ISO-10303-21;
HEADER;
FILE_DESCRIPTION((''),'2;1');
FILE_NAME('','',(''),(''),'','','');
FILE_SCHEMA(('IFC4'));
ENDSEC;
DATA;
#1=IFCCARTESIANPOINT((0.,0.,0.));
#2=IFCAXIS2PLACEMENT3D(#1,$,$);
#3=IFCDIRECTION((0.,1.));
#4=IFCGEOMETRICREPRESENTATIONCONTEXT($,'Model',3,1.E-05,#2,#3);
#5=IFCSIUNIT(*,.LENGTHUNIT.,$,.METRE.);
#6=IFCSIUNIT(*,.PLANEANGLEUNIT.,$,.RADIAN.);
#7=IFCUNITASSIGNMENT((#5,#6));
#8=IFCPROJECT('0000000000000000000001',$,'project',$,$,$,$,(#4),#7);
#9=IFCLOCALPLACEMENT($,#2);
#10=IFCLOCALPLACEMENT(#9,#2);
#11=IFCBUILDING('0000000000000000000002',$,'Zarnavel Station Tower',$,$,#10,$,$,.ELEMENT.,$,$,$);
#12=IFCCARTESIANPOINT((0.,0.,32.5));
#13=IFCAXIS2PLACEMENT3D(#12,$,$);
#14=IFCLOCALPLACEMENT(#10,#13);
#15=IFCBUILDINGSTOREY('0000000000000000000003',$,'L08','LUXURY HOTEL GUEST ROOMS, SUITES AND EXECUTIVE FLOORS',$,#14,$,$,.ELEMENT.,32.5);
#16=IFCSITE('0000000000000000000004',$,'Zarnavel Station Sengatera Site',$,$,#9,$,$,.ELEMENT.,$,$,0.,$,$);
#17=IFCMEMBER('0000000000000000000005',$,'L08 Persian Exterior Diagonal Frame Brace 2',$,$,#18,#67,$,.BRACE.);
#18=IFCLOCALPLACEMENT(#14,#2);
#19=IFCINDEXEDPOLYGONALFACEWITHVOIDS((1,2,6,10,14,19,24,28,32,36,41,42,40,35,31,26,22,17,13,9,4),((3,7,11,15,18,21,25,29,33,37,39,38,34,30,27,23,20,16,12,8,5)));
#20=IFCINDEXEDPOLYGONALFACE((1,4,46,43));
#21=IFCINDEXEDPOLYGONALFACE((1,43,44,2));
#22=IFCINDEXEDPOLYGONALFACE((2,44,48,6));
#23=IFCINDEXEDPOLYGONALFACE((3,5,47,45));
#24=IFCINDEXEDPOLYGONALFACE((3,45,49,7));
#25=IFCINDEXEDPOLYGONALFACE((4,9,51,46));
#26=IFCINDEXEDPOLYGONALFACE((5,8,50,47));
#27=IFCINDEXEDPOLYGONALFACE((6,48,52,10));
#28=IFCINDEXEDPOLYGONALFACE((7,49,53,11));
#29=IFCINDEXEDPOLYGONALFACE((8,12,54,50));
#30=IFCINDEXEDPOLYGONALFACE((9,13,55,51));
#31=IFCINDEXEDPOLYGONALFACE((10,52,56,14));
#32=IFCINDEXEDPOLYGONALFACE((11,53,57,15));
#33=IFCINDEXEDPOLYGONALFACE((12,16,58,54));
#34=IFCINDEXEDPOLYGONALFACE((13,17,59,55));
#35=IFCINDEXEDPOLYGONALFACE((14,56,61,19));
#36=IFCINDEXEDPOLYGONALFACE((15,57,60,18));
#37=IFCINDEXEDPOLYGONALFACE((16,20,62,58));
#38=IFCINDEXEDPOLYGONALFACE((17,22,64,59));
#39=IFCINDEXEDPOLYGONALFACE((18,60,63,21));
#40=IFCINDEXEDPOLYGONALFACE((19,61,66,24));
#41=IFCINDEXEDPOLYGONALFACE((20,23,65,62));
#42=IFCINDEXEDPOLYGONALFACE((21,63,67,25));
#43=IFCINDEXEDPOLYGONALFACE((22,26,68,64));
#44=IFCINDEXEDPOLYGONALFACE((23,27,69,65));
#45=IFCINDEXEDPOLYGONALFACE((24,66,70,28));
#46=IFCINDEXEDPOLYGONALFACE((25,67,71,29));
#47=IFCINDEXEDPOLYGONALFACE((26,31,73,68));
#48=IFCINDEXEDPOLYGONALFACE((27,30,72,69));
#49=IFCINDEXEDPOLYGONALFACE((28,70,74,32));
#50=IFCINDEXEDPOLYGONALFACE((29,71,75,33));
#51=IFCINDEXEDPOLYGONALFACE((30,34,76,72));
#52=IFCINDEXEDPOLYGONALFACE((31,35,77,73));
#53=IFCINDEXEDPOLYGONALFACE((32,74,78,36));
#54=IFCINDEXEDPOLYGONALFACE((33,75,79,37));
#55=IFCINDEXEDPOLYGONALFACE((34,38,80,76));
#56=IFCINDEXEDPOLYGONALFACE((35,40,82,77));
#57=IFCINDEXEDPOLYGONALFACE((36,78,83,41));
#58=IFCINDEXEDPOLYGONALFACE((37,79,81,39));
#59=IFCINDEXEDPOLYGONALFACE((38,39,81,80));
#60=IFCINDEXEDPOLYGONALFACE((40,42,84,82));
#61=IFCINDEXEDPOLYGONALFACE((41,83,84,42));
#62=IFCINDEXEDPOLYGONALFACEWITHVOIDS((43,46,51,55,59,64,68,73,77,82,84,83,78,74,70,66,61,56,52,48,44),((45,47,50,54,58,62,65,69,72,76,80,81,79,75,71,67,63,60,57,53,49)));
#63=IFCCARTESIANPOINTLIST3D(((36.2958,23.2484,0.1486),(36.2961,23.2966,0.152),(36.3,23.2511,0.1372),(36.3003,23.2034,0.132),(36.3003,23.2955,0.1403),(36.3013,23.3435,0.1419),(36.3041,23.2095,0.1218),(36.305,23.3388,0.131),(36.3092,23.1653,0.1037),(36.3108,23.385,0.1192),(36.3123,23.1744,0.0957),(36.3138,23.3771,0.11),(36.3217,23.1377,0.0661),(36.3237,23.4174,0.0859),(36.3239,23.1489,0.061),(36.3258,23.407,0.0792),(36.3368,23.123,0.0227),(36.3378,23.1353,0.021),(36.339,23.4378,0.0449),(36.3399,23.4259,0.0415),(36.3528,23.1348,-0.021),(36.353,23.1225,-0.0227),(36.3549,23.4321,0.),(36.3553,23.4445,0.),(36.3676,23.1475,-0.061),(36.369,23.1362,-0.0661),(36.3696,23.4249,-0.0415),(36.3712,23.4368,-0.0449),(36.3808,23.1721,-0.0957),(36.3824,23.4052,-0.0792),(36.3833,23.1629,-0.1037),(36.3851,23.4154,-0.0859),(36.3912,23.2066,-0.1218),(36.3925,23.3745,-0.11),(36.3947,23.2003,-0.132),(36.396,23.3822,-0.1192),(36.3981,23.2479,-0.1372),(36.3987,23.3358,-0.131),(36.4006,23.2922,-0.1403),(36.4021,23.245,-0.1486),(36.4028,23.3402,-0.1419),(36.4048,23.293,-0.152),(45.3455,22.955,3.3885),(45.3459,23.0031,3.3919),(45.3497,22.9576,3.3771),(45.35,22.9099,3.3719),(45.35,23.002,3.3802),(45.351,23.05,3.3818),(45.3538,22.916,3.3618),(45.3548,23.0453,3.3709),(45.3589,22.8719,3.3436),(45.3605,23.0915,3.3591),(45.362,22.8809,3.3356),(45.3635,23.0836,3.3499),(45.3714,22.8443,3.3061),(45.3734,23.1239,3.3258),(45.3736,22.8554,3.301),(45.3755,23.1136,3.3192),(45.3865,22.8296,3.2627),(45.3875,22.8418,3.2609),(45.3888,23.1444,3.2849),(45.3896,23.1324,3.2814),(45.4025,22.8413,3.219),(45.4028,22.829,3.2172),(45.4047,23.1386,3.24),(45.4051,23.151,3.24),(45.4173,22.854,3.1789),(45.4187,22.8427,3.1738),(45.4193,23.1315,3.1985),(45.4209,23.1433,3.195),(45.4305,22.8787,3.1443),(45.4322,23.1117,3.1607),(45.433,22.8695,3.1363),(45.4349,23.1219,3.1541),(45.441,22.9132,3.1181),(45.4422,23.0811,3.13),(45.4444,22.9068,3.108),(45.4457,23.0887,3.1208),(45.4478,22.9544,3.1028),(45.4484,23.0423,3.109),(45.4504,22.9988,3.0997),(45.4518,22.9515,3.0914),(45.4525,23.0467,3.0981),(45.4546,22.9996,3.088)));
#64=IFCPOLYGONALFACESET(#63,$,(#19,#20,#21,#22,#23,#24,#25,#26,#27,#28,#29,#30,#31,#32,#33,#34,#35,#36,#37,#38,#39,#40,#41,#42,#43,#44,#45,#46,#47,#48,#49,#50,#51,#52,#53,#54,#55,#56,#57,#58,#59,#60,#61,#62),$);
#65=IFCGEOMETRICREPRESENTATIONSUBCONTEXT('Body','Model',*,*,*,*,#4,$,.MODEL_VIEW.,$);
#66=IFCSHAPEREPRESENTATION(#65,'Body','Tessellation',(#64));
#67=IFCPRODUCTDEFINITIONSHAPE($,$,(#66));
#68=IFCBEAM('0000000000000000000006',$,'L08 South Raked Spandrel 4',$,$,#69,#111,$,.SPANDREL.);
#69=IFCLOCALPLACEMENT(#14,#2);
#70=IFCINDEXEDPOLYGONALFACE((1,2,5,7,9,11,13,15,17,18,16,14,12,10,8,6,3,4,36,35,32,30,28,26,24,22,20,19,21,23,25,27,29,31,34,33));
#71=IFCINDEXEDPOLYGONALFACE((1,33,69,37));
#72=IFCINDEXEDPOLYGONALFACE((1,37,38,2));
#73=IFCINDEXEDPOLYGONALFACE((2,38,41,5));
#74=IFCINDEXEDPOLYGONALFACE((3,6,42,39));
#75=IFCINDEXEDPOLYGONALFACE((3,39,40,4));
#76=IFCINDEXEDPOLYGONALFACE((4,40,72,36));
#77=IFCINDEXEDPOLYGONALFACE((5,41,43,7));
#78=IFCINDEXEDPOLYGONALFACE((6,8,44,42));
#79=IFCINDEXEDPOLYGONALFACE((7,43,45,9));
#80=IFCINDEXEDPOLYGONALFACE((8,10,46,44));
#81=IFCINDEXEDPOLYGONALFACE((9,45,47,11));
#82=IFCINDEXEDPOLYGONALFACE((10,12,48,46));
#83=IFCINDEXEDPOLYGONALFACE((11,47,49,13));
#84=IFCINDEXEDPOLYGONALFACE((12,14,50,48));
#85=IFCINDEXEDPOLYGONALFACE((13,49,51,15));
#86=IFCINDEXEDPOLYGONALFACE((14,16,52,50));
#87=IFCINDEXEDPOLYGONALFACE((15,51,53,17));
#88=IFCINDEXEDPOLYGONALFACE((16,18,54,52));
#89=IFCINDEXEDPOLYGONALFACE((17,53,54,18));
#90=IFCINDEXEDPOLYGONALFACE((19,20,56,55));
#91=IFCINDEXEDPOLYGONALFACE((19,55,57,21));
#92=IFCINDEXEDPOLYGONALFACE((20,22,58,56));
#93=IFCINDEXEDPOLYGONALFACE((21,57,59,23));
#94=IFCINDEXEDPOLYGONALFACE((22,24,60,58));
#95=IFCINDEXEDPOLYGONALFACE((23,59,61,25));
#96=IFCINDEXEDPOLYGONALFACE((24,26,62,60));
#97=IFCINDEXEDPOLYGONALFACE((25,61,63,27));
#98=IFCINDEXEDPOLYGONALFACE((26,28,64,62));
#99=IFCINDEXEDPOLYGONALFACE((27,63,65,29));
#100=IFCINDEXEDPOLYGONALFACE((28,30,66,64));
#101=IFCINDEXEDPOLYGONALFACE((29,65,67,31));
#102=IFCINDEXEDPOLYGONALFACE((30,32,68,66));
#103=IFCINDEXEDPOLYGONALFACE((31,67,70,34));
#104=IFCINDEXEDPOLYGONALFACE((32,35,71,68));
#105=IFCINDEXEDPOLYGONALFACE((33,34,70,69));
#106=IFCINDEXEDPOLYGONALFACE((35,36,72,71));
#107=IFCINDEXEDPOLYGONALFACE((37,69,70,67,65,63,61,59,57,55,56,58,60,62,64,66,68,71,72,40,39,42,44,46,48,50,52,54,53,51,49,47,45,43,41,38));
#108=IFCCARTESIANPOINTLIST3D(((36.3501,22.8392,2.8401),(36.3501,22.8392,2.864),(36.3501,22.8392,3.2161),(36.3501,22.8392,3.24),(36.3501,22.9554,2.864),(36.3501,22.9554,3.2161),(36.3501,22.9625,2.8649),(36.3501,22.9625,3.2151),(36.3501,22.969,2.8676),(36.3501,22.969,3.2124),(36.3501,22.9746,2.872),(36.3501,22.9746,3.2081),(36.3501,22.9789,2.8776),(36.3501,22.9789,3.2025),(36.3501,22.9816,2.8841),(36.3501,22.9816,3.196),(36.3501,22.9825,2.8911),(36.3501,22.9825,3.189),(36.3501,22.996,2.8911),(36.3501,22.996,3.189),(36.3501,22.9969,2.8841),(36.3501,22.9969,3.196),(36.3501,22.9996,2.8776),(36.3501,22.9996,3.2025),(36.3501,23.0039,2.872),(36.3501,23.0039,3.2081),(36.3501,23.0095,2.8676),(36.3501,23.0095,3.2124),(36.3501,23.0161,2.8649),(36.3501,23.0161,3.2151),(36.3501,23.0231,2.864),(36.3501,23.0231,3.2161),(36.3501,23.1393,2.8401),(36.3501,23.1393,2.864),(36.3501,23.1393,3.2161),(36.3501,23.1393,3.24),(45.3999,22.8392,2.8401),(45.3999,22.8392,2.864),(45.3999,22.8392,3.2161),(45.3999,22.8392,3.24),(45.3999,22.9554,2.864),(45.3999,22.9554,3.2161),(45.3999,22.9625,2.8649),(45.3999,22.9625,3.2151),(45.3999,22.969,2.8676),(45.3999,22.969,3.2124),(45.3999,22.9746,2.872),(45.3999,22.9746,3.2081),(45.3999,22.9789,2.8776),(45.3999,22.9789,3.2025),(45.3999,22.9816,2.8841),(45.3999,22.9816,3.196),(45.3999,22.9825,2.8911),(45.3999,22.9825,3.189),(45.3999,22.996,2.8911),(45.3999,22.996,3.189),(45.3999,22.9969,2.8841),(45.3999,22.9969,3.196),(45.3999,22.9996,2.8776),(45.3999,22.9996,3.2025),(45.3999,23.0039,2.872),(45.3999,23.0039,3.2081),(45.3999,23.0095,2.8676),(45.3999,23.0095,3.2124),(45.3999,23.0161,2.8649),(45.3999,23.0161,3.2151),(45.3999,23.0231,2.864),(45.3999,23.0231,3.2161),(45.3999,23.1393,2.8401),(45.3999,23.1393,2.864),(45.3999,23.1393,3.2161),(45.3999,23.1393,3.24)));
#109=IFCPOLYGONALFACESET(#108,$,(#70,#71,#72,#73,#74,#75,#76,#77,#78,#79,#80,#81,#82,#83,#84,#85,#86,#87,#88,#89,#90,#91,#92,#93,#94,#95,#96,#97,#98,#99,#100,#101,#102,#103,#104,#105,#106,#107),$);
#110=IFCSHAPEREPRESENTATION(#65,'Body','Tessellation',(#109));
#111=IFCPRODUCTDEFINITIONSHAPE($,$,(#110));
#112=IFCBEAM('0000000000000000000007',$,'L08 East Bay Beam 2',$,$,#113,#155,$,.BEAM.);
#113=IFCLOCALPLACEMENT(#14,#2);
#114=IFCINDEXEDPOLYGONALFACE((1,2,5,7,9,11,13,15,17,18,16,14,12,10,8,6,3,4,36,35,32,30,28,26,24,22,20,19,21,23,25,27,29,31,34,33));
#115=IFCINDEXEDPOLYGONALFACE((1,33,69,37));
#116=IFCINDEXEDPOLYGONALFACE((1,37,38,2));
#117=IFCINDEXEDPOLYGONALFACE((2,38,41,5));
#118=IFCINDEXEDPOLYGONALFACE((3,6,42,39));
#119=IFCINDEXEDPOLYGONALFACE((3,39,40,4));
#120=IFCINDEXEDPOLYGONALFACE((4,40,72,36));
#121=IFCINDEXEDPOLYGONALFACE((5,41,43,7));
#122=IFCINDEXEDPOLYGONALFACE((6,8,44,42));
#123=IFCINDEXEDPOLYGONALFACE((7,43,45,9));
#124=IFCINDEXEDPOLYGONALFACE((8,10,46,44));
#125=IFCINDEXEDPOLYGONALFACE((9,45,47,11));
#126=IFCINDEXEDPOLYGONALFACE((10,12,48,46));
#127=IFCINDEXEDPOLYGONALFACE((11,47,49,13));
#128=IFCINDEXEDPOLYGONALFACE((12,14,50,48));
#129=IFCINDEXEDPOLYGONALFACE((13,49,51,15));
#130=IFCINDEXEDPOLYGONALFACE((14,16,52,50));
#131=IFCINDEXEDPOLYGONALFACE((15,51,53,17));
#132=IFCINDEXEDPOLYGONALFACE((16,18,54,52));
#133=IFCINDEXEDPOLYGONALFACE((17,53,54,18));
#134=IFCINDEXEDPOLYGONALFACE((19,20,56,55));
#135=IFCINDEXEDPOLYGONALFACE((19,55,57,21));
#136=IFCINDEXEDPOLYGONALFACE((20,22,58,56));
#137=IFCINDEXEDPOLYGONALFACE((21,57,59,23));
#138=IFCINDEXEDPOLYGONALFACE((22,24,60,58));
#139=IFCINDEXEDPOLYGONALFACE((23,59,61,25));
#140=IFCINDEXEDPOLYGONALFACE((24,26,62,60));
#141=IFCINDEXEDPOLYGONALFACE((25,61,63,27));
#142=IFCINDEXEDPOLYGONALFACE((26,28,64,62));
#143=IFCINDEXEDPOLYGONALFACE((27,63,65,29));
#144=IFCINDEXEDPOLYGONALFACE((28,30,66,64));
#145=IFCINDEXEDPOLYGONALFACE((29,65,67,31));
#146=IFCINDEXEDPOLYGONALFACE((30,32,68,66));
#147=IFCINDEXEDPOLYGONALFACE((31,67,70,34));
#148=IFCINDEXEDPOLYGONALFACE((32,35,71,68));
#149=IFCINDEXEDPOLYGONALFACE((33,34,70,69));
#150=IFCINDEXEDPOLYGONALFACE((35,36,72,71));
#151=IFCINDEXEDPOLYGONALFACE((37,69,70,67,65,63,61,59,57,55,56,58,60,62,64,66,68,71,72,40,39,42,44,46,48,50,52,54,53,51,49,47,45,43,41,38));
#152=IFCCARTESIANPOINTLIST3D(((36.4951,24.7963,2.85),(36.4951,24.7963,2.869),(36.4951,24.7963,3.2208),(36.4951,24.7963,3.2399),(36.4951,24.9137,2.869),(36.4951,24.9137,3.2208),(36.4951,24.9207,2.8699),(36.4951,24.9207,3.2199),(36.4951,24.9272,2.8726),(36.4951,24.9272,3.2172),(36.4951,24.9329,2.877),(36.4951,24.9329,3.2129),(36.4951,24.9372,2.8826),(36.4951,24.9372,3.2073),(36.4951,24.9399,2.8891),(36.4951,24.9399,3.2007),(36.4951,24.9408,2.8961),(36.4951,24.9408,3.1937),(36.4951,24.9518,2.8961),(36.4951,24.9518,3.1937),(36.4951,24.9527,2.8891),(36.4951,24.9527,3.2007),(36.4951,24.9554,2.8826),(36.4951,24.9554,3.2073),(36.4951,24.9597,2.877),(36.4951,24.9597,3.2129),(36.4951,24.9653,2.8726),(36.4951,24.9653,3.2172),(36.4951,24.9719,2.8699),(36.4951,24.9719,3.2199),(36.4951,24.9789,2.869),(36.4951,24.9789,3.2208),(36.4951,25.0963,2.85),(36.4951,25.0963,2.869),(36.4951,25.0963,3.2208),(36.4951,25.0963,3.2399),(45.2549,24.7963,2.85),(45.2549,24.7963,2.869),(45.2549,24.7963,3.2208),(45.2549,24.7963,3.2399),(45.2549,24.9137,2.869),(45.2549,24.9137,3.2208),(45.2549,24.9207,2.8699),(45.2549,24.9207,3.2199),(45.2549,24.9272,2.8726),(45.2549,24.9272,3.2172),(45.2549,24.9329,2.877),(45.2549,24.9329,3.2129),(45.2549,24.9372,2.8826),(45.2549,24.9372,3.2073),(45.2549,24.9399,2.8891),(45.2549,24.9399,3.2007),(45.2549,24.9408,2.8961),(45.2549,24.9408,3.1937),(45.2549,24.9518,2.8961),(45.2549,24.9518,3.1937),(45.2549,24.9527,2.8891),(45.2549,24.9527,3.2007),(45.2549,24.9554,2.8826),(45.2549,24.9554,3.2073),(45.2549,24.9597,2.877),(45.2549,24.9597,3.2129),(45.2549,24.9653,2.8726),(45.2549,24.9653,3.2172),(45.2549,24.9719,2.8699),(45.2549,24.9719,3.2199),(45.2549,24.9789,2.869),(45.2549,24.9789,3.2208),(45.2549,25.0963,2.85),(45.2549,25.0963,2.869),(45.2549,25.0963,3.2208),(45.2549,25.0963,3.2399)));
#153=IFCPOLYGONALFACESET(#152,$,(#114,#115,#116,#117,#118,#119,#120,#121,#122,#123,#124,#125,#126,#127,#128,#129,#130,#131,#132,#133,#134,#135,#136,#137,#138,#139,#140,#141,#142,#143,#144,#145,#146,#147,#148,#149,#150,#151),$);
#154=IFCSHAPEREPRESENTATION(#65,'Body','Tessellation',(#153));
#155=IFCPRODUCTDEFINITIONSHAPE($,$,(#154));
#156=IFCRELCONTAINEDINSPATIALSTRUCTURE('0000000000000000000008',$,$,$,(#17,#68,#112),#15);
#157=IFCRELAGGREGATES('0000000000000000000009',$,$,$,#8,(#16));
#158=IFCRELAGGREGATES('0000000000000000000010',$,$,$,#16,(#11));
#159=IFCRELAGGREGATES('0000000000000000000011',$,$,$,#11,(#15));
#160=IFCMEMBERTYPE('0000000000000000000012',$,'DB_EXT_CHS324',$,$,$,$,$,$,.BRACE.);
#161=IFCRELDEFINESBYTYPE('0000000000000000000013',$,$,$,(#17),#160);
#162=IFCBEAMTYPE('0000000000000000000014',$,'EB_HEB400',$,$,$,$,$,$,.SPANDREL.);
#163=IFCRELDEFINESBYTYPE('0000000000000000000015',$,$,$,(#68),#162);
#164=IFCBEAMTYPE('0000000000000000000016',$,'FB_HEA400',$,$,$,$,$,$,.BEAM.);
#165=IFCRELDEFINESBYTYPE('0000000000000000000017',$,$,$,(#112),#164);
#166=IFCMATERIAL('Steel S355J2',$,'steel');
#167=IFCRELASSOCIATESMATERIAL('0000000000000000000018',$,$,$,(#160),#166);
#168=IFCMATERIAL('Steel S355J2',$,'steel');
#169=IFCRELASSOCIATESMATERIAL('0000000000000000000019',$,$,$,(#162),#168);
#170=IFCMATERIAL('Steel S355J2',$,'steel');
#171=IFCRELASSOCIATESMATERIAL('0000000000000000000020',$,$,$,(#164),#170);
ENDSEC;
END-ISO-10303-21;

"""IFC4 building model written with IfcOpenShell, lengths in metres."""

from ifc_helpers import new_model, si_unit, direction, frame, origin, origin_2d, place, context, subcontext, project, spatial, hollow_circle, i_section, extrude, material, material_profile, profile_set, type_object, element, save


model = new_model("IFC4")

# Units and contexts
model_context = context("Model", 3, precision=1e-05, world=origin(), true_north=direction((0.0, 1.0)))
body_context = subcontext(model_context, "Body", "Model", "MODEL_VIEW")
ifc_project = project(units=[si_unit("LENGTHUNIT", "METRE"), si_unit("PLANEANGLEUNIT", "RADIAN")], contexts=[model_context])

# Site, building, storey
site_placement = place(None, origin())
site = spatial("IfcSite", under=ifc_project, at=site_placement, Name="Zarnavel Station Sengatera Site", CompositionType="ELEMENT", RefElevation=0.0)
building_placement = place(site_placement, origin())
building = spatial("IfcBuilding", under=site, at=building_placement, Name="Zarnavel Station Tower", CompositionType="ELEMENT")
storey_placement = place(building_placement, frame((0.0, 0.0, 32.5)))
storey = spatial("IfcBuildingStorey", under=building, at=storey_placement, Name="L08", Description="LUXURY HOTEL GUEST ROOMS, SUITES AND EXECUTIVE FLOORS", CompositionType="ELEMENT", Elevation=32.5)

# Member
ifc_material_1 = material(Name="Steel S355J2", Category="steel")
ifc_material_profile_1 = material_profile(ifc_material_1, hollow_circle(Radius=0.1619, WallThickness=0.0125, at=origin_2d()), Name="CHS323.9x12.5")
ifc_profile_set_1 = profile_set([ifc_material_profile_1], Name="Steel S355J2")
member_type_1 = type_object("IfcMemberType", Name="DB_EXT_CHS324", PredefinedType="BRACE", material=ifc_profile_set_1)
member_1_placement = place(storey_placement, frame((36.3501, 23.2827, 0.0), z_axis=(0.941042, -0.030515, 0.33691), x_axis=(0.03241, 0.999475, 0.0)))
element("IfcMember", 1, at=member_1_placement, inside=storey, type_object=member_type_1, Name="L08 Persian Exterior Diagonal Frame Brace 2", PredefinedType="BRACE", context=body_context, shape_type="SweptSolid", body=[
    extrude(hollow_circle(Radius=0.1619, WallThickness=0.0125, at=origin_2d()), origin(), (0.0, 0.0, 1.0), 9.6167),
])

# Beams
ifc_material_2 = material(Name="Steel S355J2", Category="steel")
ifc_material_profile_2 = material_profile(ifc_material_2, i_section(OverallWidth=0.3, OverallDepth=0.3999, WebThickness=0.0134, FlangeThickness=0.0239, FilletRadius=0.0271, at=origin_2d()), Name="HEB400")
ifc_profile_set_2 = profile_set([ifc_material_profile_2], Name="Steel S355J2")
beam_type_1 = type_object("IfcBeamType", Name="EB_HEB400", PredefinedType="SPANDREL", material=ifc_profile_set_2)
beam_1_placement = place(storey_placement, frame((36.3501, 22.9893, 3.04), z_axis=(1.0, 0.0, 0.0), x_axis=(0.0, 1.0, 0.0)))
element("IfcBeam", 2, at=beam_1_placement, inside=storey, type_object=beam_type_1, Name="L08 South Raked Spandrel 4", PredefinedType="SPANDREL", context=body_context, shape_type="SweptSolid", body=[
    extrude(i_section(OverallWidth=0.3, OverallDepth=0.3999, WebThickness=0.0134, FlangeThickness=0.0239, FilletRadius=0.0271, at=origin_2d()), origin(), (0.0, 0.0, 1.0), 9.0498),
])
ifc_material_3 = material(Name="Steel S355J2", Category="steel")
ifc_material_profile_3 = material_profile(ifc_material_3, i_section(OverallWidth=0.3, OverallDepth=0.3899, WebThickness=0.011, FlangeThickness=0.019, FilletRadius=0.0271, at=origin_2d()), Name="HEA400")
ifc_profile_set_3 = profile_set([ifc_material_profile_3], Name="Steel S355J2")
beam_type_2 = type_object("IfcBeamType", Name="FB_HEA400", PredefinedType="BEAM", material=ifc_profile_set_3)
beam_2_placement = place(storey_placement, frame((36.4951, 24.9463, 3.0449), z_axis=(1.0, 0.0, 0.0), x_axis=(0.0, 1.0, 0.0)))
element("IfcBeam", 3, at=beam_2_placement, inside=storey, type_object=beam_type_2, Name="L08 East Bay Beam 2", PredefinedType="BEAM", context=body_context, shape_type="SweptSolid", body=[
    extrude(i_section(OverallWidth=0.3, OverallDepth=0.3899, WebThickness=0.011, FlangeThickness=0.019, FilletRadius=0.0271, at=origin_2d()), origin(), (0.0, 0.0, 1.0), 8.7598),
])

save(model, "model.ifc")
